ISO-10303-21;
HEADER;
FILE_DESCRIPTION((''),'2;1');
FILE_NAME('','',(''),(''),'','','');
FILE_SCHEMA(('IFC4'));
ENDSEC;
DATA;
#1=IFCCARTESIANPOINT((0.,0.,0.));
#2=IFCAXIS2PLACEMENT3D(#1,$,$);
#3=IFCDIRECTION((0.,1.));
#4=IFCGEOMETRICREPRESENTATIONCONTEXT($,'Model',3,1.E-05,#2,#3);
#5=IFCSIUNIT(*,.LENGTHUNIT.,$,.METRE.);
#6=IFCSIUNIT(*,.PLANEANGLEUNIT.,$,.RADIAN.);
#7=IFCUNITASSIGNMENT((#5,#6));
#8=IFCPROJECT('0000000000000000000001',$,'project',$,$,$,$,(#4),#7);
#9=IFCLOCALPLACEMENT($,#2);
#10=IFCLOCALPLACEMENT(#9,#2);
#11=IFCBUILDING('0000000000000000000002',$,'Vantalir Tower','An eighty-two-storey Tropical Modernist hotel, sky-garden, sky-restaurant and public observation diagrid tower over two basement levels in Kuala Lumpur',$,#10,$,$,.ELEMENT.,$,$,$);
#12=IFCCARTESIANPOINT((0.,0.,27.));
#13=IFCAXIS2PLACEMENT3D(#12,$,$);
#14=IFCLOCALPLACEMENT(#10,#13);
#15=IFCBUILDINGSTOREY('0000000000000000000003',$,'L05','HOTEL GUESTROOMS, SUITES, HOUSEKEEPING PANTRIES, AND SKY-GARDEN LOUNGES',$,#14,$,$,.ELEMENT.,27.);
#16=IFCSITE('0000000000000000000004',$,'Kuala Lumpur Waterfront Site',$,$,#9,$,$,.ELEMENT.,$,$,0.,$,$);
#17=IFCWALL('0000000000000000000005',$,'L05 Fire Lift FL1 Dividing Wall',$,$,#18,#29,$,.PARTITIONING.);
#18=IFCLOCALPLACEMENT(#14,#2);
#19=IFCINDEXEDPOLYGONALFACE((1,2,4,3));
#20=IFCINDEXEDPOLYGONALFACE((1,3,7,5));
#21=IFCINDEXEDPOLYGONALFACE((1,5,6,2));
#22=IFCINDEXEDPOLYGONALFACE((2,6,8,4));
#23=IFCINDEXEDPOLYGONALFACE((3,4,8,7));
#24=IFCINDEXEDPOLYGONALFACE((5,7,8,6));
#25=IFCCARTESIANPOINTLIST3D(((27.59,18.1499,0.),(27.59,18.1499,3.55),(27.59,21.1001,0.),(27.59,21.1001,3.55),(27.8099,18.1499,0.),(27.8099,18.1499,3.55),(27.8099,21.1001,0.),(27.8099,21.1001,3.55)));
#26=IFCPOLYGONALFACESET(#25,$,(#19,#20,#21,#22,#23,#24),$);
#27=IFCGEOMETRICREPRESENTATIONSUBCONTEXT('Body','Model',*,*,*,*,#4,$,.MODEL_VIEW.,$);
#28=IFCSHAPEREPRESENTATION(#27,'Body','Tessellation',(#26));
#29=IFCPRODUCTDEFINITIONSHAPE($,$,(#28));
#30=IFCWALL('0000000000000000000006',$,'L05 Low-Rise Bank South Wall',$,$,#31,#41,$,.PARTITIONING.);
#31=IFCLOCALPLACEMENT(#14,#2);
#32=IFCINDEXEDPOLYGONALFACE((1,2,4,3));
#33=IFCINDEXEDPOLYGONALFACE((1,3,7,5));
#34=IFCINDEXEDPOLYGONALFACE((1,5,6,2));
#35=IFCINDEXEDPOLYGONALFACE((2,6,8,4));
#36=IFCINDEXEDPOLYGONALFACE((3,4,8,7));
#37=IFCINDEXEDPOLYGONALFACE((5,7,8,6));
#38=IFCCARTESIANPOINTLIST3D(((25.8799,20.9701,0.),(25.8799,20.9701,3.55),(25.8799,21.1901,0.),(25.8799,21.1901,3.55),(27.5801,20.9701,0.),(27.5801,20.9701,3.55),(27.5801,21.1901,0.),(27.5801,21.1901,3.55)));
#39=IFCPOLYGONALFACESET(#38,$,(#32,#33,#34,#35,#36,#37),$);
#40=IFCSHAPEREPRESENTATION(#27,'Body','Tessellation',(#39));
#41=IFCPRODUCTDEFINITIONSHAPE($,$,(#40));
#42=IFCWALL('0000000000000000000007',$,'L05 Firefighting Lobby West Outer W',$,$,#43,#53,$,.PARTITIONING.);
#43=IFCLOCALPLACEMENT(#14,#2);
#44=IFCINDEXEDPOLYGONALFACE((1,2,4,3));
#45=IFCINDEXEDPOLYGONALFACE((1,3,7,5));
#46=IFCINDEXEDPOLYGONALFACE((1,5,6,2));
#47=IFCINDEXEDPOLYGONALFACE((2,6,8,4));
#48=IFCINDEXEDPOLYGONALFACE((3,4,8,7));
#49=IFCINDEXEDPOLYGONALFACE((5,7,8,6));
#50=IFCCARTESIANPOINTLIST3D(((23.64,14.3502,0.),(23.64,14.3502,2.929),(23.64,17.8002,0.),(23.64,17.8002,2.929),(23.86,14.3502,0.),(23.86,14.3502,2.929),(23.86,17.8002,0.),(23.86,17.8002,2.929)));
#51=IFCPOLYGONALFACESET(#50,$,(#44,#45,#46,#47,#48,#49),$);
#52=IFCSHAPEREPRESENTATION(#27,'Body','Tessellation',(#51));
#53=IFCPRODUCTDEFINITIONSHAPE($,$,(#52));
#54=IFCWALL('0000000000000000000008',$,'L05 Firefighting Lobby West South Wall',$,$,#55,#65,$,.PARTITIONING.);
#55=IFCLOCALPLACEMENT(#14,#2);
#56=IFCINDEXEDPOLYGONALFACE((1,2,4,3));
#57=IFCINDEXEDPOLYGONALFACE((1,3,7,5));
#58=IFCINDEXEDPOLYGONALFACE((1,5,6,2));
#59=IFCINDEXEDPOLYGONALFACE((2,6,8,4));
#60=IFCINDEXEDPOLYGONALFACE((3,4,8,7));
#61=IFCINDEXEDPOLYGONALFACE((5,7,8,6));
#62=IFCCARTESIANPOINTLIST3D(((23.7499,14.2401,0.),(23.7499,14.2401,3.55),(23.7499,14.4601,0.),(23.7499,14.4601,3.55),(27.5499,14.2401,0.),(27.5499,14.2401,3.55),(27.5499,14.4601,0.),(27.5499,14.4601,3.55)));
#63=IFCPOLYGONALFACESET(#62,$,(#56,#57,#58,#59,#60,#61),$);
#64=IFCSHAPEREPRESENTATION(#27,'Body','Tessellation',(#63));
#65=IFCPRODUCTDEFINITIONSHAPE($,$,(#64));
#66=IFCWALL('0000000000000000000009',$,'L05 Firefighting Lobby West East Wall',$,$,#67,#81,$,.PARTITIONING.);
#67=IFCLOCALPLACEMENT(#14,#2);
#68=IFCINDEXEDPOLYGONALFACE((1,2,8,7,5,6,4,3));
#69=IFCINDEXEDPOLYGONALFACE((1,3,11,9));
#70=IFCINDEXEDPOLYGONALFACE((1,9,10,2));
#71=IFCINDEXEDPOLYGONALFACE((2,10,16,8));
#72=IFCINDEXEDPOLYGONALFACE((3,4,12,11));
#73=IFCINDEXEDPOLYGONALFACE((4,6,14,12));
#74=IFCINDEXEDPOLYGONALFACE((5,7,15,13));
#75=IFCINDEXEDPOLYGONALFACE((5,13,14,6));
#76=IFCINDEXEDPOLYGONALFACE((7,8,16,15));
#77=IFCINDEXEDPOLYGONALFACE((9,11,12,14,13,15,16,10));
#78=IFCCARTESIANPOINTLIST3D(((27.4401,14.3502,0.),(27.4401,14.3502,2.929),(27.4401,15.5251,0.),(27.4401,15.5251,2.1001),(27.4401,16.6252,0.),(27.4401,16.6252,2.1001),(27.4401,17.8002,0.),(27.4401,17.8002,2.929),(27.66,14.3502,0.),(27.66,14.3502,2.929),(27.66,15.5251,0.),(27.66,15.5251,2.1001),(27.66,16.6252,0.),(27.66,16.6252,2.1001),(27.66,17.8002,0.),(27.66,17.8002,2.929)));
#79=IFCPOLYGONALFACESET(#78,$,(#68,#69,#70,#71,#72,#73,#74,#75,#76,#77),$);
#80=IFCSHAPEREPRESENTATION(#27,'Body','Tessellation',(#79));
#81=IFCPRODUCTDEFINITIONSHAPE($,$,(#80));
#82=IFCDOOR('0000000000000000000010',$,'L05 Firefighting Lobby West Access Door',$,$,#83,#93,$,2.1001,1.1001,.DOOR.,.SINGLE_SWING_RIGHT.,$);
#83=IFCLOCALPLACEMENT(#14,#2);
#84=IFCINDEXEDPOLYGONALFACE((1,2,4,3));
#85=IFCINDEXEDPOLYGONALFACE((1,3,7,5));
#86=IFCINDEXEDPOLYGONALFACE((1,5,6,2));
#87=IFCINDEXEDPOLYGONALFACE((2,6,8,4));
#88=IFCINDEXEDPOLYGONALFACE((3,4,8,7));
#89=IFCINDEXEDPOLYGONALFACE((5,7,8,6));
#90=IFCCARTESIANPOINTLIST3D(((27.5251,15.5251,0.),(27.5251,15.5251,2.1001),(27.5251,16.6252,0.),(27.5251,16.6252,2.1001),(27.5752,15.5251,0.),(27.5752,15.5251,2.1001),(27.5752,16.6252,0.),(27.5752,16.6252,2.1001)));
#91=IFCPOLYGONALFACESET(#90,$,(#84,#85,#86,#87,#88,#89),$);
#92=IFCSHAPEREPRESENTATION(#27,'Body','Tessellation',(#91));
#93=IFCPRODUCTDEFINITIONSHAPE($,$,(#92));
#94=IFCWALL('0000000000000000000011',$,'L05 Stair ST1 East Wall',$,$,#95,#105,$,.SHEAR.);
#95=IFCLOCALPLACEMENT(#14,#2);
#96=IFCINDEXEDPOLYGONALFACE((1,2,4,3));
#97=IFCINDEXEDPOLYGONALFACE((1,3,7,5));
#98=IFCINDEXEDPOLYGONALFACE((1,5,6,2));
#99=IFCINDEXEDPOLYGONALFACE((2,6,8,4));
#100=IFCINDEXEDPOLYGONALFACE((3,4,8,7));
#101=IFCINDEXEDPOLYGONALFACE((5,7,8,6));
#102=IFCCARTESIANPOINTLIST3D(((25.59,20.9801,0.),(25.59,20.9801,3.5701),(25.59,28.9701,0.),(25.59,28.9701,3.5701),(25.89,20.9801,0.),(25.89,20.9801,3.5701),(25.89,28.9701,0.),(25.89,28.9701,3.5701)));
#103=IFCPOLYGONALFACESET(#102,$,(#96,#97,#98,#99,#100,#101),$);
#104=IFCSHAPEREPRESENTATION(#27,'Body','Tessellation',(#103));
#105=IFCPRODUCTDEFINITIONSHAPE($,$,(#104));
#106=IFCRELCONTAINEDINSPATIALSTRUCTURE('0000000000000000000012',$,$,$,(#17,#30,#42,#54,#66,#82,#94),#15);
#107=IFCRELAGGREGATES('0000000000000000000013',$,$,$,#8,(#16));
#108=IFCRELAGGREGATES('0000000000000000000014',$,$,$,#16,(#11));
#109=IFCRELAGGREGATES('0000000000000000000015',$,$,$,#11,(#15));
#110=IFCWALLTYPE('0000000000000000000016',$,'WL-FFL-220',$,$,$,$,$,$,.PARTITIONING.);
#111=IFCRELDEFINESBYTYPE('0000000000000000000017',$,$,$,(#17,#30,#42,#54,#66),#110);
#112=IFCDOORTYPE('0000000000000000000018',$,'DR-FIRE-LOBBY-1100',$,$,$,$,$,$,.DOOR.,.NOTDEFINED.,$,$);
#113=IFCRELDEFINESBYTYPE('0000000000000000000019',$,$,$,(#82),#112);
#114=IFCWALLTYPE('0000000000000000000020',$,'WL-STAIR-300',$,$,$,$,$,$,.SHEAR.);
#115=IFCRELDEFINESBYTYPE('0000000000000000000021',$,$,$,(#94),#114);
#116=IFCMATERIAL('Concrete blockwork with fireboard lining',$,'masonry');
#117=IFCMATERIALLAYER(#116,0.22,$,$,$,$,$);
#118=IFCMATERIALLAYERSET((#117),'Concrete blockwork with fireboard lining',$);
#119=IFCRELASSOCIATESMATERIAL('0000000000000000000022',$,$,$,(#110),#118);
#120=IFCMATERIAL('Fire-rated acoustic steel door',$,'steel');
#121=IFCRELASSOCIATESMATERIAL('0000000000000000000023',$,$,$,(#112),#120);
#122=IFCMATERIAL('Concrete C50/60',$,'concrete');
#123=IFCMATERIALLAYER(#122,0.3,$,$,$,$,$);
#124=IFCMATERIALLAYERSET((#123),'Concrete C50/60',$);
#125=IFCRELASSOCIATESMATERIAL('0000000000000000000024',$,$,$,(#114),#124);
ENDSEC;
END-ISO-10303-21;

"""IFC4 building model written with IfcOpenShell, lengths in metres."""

from ifc_helpers import new_model, si_unit, direction, frame, frame_2d, origin, place, context, subcontext, project, spatial, rectangle, extrude, material, layer, layer_set, type_object, element, fill, save


model = new_model("IFC4")

# Units and contexts
model_context = context("Model", 3, precision=1e-05, world=origin(), true_north=direction((0.0, 1.0)))
body_context = subcontext(model_context, "Body", "Model", "MODEL_VIEW")
ifc_project = project(units=[si_unit("LENGTHUNIT", "METRE"), si_unit("PLANEANGLEUNIT", "RADIAN")], contexts=[model_context])

# Site, building, storey
site_placement = place(None, origin())
site = spatial("IfcSite", under=ifc_project, at=site_placement, Name="Kuala Lumpur Waterfront Site", CompositionType="ELEMENT", RefElevation=0.0)
building_placement = place(site_placement, origin())
building = spatial("IfcBuilding", under=site, at=building_placement, Name="Vantalir Tower", Description="An eighty-two-storey Tropical Modernist hotel, sky-garden, sky-restaurant and public observation diagrid tower over two basement levels in Kuala Lumpur", CompositionType="ELEMENT")
storey_placement = place(building_placement, frame((0.0, 0.0, 27.0)))
storey = spatial("IfcBuildingStorey", under=building, at=storey_placement, Name="L05", Description="HOTEL GUESTROOMS, SUITES, HOUSEKEEPING PANTRIES, AND SKY-GARDEN LOUNGES", CompositionType="ELEMENT", Elevation=27.0)

# Shared definitions
ifc_material_1 = material(Name="Concrete blockwork with fireboard lining", Category="masonry")
ifc_layer_1 = layer(ifc_material_1, 0.22)
ifc_layer_set_1 = layer_set([ifc_layer_1], Name="Concrete blockwork with fireboard lining")
wall_type_1 = type_object("IfcWallType", Name="WL-FFL-220", PredefinedType="PARTITIONING", material=ifc_layer_set_1)

# Walls
wall_1_placement = place(storey_placement, frame((27.7, 18.1499, 0.0), z_axis=(0.0, 0.0, 1.0), x_axis=(0.0, 1.0, 0.0)))
element("IfcWall", 1, at=wall_1_placement, inside=storey, type_object=wall_type_1, Name="L05 Fire Lift FL1 Dividing Wall", PredefinedType="PARTITIONING", context=body_context, shape_type="SweptSolid", body=[
    extrude(rectangle(XDim=2.9502, YDim=0.22, at=frame_2d((1.4751, 0.0))), origin(), (0.0, 0.0, 1.0), 3.55),
])
wall_2_placement = place(storey_placement, frame((25.8799, 21.0801, 0.0), z_axis=(0.0, 0.0, 1.0), x_axis=(1.0, 0.0, 0.0)))
element("IfcWall", 2, at=wall_2_placement, inside=storey, type_object=wall_type_1, Name="L05 Low-Rise Bank South Wall", PredefinedType="PARTITIONING", context=body_context, shape_type="SweptSolid", body=[
    extrude(rectangle(XDim=1.7002, YDim=0.22, at=frame_2d((0.8501, 0.0))), origin(), (0.0, 0.0, 1.0), 3.55),
])
wall_3_placement = place(storey_placement, frame((23.75, 14.3501, 0.0), z_axis=(0.0, 0.0, 1.0), x_axis=(0.0, 1.0, 0.0)))
element("IfcWall", 3, at=wall_3_placement, inside=storey, type_object=wall_type_1, Name="L05 Firefighting Lobby West Outer W", PredefinedType="PARTITIONING", context=body_context, shape_type="SweptSolid", body=[
    extrude(rectangle(XDim=3.45, YDim=0.22, at=frame_2d((1.7251, 0.0))), origin(), (0.0, 0.0, 1.0), 2.929),
])
wall_4_placement = place(storey_placement, frame((23.75, 14.3501, 0.0), z_axis=(0.0, 0.0, 1.0), x_axis=(1.0, 0.0, 0.0)))
element("IfcWall", 4, at=wall_4_placement, inside=storey, type_object=wall_type_1, Name="L05 Firefighting Lobby West South Wall", PredefinedType="PARTITIONING", context=body_context, shape_type="SweptSolid", body=[
    extrude(rectangle(XDim=3.8, YDim=0.22, at=frame_2d((1.8999, 0.0))), origin(), (0.0, 0.0, 1.0), 3.55),
])

# Wall, opening, door
wall_5_placement = place(storey_placement, frame((27.55, 14.3501, 0.0), z_axis=(0.0, 0.0, 1.0), x_axis=(0.0, 1.0, 0.0)))
wall_5 = element("IfcWall", 5, at=wall_5_placement, inside=storey, type_object=wall_type_1, Name="L05 Firefighting Lobby West East Wall", PredefinedType="PARTITIONING", context=body_context, shape_type="SweptSolid", body=[
    extrude(rectangle(XDim=3.45, YDim=0.22, at=frame_2d((1.7251, 0.0))), origin(), (0.0, 0.0, 1.0), 2.929),
])
opening_1_placement = place(wall_5_placement, frame((1.175, 0.0, 0.0)))
opening_1 = element("IfcOpeningElement", 6, at=opening_1_placement, cuts=wall_5, PredefinedType="OPENING", context=body_context, shape_type="SweptSolid", body=[
    extrude(rectangle(XDim=1.1001, YDim=2.1001, at=frame_2d((0.55, 1.05))), frame((0.0, 0.1199, 0.0), z_axis=(0.0, -1.0, 0.0), x_axis=(1.0, 0.0, 0.0)), (0.0, 0.0, 1.0), 0.24),
])
ifc_material_2 = material(Name="Fire-rated acoustic steel door", Category="steel")
door_type_1 = type_object("IfcDoorType", Name="DR-FIRE-LOBBY-1100", OperationType="NOTDEFINED", PredefinedType="DOOR", material=ifc_material_2)
door_1_placement = place(opening_1_placement, origin())
door_1 = element("IfcDoor", 7, at=door_1_placement, inside=storey, type_object=door_type_1, Name="L05 Firefighting Lobby West Access Door", OperationType="SINGLE_SWING_RIGHT", OverallHeight=2.1001, OverallWidth=1.1001, PredefinedType="DOOR", context=body_context, shape_type="SweptSolid", body=[
    extrude(rectangle(XDim=1.1001, YDim=2.1001, at=frame_2d((0.55, 1.05))), frame((0.0, 0.0249, 0.0), z_axis=(0.0, -1.0, 0.0), x_axis=(1.0, 0.0, 0.0)), (0.0, 0.0, 1.0), 0.05),
])
fill(opening_1, door_1)

# Wall
ifc_material_3 = material(Name="Concrete C50/60", Category="concrete")
ifc_layer_2 = layer(ifc_material_3, 0.3)
ifc_layer_set_2 = layer_set([ifc_layer_2], Name="Concrete C50/60")
wall_type_2 = type_object("IfcWallType", Name="WL-STAIR-300", PredefinedType="SHEAR", material=ifc_layer_set_2)
wall_6_placement = place(storey_placement, frame((25.74, 20.98, 0.0), z_axis=(0.0, 0.0, 1.0), x_axis=(0.0, 1.0, 0.0)))
element("IfcWall", 8, at=wall_6_placement, inside=storey, type_object=wall_type_2, Name="L05 Stair ST1 East Wall", PredefinedType="SHEAR", context=body_context, shape_type="SweptSolid", body=[
    extrude(rectangle(XDim=7.99, YDim=0.3, at=frame_2d((3.9951, 0.0))), origin(), (0.0, 0.0, 1.0), 3.5701),
])

save(model, "model.ifc")
